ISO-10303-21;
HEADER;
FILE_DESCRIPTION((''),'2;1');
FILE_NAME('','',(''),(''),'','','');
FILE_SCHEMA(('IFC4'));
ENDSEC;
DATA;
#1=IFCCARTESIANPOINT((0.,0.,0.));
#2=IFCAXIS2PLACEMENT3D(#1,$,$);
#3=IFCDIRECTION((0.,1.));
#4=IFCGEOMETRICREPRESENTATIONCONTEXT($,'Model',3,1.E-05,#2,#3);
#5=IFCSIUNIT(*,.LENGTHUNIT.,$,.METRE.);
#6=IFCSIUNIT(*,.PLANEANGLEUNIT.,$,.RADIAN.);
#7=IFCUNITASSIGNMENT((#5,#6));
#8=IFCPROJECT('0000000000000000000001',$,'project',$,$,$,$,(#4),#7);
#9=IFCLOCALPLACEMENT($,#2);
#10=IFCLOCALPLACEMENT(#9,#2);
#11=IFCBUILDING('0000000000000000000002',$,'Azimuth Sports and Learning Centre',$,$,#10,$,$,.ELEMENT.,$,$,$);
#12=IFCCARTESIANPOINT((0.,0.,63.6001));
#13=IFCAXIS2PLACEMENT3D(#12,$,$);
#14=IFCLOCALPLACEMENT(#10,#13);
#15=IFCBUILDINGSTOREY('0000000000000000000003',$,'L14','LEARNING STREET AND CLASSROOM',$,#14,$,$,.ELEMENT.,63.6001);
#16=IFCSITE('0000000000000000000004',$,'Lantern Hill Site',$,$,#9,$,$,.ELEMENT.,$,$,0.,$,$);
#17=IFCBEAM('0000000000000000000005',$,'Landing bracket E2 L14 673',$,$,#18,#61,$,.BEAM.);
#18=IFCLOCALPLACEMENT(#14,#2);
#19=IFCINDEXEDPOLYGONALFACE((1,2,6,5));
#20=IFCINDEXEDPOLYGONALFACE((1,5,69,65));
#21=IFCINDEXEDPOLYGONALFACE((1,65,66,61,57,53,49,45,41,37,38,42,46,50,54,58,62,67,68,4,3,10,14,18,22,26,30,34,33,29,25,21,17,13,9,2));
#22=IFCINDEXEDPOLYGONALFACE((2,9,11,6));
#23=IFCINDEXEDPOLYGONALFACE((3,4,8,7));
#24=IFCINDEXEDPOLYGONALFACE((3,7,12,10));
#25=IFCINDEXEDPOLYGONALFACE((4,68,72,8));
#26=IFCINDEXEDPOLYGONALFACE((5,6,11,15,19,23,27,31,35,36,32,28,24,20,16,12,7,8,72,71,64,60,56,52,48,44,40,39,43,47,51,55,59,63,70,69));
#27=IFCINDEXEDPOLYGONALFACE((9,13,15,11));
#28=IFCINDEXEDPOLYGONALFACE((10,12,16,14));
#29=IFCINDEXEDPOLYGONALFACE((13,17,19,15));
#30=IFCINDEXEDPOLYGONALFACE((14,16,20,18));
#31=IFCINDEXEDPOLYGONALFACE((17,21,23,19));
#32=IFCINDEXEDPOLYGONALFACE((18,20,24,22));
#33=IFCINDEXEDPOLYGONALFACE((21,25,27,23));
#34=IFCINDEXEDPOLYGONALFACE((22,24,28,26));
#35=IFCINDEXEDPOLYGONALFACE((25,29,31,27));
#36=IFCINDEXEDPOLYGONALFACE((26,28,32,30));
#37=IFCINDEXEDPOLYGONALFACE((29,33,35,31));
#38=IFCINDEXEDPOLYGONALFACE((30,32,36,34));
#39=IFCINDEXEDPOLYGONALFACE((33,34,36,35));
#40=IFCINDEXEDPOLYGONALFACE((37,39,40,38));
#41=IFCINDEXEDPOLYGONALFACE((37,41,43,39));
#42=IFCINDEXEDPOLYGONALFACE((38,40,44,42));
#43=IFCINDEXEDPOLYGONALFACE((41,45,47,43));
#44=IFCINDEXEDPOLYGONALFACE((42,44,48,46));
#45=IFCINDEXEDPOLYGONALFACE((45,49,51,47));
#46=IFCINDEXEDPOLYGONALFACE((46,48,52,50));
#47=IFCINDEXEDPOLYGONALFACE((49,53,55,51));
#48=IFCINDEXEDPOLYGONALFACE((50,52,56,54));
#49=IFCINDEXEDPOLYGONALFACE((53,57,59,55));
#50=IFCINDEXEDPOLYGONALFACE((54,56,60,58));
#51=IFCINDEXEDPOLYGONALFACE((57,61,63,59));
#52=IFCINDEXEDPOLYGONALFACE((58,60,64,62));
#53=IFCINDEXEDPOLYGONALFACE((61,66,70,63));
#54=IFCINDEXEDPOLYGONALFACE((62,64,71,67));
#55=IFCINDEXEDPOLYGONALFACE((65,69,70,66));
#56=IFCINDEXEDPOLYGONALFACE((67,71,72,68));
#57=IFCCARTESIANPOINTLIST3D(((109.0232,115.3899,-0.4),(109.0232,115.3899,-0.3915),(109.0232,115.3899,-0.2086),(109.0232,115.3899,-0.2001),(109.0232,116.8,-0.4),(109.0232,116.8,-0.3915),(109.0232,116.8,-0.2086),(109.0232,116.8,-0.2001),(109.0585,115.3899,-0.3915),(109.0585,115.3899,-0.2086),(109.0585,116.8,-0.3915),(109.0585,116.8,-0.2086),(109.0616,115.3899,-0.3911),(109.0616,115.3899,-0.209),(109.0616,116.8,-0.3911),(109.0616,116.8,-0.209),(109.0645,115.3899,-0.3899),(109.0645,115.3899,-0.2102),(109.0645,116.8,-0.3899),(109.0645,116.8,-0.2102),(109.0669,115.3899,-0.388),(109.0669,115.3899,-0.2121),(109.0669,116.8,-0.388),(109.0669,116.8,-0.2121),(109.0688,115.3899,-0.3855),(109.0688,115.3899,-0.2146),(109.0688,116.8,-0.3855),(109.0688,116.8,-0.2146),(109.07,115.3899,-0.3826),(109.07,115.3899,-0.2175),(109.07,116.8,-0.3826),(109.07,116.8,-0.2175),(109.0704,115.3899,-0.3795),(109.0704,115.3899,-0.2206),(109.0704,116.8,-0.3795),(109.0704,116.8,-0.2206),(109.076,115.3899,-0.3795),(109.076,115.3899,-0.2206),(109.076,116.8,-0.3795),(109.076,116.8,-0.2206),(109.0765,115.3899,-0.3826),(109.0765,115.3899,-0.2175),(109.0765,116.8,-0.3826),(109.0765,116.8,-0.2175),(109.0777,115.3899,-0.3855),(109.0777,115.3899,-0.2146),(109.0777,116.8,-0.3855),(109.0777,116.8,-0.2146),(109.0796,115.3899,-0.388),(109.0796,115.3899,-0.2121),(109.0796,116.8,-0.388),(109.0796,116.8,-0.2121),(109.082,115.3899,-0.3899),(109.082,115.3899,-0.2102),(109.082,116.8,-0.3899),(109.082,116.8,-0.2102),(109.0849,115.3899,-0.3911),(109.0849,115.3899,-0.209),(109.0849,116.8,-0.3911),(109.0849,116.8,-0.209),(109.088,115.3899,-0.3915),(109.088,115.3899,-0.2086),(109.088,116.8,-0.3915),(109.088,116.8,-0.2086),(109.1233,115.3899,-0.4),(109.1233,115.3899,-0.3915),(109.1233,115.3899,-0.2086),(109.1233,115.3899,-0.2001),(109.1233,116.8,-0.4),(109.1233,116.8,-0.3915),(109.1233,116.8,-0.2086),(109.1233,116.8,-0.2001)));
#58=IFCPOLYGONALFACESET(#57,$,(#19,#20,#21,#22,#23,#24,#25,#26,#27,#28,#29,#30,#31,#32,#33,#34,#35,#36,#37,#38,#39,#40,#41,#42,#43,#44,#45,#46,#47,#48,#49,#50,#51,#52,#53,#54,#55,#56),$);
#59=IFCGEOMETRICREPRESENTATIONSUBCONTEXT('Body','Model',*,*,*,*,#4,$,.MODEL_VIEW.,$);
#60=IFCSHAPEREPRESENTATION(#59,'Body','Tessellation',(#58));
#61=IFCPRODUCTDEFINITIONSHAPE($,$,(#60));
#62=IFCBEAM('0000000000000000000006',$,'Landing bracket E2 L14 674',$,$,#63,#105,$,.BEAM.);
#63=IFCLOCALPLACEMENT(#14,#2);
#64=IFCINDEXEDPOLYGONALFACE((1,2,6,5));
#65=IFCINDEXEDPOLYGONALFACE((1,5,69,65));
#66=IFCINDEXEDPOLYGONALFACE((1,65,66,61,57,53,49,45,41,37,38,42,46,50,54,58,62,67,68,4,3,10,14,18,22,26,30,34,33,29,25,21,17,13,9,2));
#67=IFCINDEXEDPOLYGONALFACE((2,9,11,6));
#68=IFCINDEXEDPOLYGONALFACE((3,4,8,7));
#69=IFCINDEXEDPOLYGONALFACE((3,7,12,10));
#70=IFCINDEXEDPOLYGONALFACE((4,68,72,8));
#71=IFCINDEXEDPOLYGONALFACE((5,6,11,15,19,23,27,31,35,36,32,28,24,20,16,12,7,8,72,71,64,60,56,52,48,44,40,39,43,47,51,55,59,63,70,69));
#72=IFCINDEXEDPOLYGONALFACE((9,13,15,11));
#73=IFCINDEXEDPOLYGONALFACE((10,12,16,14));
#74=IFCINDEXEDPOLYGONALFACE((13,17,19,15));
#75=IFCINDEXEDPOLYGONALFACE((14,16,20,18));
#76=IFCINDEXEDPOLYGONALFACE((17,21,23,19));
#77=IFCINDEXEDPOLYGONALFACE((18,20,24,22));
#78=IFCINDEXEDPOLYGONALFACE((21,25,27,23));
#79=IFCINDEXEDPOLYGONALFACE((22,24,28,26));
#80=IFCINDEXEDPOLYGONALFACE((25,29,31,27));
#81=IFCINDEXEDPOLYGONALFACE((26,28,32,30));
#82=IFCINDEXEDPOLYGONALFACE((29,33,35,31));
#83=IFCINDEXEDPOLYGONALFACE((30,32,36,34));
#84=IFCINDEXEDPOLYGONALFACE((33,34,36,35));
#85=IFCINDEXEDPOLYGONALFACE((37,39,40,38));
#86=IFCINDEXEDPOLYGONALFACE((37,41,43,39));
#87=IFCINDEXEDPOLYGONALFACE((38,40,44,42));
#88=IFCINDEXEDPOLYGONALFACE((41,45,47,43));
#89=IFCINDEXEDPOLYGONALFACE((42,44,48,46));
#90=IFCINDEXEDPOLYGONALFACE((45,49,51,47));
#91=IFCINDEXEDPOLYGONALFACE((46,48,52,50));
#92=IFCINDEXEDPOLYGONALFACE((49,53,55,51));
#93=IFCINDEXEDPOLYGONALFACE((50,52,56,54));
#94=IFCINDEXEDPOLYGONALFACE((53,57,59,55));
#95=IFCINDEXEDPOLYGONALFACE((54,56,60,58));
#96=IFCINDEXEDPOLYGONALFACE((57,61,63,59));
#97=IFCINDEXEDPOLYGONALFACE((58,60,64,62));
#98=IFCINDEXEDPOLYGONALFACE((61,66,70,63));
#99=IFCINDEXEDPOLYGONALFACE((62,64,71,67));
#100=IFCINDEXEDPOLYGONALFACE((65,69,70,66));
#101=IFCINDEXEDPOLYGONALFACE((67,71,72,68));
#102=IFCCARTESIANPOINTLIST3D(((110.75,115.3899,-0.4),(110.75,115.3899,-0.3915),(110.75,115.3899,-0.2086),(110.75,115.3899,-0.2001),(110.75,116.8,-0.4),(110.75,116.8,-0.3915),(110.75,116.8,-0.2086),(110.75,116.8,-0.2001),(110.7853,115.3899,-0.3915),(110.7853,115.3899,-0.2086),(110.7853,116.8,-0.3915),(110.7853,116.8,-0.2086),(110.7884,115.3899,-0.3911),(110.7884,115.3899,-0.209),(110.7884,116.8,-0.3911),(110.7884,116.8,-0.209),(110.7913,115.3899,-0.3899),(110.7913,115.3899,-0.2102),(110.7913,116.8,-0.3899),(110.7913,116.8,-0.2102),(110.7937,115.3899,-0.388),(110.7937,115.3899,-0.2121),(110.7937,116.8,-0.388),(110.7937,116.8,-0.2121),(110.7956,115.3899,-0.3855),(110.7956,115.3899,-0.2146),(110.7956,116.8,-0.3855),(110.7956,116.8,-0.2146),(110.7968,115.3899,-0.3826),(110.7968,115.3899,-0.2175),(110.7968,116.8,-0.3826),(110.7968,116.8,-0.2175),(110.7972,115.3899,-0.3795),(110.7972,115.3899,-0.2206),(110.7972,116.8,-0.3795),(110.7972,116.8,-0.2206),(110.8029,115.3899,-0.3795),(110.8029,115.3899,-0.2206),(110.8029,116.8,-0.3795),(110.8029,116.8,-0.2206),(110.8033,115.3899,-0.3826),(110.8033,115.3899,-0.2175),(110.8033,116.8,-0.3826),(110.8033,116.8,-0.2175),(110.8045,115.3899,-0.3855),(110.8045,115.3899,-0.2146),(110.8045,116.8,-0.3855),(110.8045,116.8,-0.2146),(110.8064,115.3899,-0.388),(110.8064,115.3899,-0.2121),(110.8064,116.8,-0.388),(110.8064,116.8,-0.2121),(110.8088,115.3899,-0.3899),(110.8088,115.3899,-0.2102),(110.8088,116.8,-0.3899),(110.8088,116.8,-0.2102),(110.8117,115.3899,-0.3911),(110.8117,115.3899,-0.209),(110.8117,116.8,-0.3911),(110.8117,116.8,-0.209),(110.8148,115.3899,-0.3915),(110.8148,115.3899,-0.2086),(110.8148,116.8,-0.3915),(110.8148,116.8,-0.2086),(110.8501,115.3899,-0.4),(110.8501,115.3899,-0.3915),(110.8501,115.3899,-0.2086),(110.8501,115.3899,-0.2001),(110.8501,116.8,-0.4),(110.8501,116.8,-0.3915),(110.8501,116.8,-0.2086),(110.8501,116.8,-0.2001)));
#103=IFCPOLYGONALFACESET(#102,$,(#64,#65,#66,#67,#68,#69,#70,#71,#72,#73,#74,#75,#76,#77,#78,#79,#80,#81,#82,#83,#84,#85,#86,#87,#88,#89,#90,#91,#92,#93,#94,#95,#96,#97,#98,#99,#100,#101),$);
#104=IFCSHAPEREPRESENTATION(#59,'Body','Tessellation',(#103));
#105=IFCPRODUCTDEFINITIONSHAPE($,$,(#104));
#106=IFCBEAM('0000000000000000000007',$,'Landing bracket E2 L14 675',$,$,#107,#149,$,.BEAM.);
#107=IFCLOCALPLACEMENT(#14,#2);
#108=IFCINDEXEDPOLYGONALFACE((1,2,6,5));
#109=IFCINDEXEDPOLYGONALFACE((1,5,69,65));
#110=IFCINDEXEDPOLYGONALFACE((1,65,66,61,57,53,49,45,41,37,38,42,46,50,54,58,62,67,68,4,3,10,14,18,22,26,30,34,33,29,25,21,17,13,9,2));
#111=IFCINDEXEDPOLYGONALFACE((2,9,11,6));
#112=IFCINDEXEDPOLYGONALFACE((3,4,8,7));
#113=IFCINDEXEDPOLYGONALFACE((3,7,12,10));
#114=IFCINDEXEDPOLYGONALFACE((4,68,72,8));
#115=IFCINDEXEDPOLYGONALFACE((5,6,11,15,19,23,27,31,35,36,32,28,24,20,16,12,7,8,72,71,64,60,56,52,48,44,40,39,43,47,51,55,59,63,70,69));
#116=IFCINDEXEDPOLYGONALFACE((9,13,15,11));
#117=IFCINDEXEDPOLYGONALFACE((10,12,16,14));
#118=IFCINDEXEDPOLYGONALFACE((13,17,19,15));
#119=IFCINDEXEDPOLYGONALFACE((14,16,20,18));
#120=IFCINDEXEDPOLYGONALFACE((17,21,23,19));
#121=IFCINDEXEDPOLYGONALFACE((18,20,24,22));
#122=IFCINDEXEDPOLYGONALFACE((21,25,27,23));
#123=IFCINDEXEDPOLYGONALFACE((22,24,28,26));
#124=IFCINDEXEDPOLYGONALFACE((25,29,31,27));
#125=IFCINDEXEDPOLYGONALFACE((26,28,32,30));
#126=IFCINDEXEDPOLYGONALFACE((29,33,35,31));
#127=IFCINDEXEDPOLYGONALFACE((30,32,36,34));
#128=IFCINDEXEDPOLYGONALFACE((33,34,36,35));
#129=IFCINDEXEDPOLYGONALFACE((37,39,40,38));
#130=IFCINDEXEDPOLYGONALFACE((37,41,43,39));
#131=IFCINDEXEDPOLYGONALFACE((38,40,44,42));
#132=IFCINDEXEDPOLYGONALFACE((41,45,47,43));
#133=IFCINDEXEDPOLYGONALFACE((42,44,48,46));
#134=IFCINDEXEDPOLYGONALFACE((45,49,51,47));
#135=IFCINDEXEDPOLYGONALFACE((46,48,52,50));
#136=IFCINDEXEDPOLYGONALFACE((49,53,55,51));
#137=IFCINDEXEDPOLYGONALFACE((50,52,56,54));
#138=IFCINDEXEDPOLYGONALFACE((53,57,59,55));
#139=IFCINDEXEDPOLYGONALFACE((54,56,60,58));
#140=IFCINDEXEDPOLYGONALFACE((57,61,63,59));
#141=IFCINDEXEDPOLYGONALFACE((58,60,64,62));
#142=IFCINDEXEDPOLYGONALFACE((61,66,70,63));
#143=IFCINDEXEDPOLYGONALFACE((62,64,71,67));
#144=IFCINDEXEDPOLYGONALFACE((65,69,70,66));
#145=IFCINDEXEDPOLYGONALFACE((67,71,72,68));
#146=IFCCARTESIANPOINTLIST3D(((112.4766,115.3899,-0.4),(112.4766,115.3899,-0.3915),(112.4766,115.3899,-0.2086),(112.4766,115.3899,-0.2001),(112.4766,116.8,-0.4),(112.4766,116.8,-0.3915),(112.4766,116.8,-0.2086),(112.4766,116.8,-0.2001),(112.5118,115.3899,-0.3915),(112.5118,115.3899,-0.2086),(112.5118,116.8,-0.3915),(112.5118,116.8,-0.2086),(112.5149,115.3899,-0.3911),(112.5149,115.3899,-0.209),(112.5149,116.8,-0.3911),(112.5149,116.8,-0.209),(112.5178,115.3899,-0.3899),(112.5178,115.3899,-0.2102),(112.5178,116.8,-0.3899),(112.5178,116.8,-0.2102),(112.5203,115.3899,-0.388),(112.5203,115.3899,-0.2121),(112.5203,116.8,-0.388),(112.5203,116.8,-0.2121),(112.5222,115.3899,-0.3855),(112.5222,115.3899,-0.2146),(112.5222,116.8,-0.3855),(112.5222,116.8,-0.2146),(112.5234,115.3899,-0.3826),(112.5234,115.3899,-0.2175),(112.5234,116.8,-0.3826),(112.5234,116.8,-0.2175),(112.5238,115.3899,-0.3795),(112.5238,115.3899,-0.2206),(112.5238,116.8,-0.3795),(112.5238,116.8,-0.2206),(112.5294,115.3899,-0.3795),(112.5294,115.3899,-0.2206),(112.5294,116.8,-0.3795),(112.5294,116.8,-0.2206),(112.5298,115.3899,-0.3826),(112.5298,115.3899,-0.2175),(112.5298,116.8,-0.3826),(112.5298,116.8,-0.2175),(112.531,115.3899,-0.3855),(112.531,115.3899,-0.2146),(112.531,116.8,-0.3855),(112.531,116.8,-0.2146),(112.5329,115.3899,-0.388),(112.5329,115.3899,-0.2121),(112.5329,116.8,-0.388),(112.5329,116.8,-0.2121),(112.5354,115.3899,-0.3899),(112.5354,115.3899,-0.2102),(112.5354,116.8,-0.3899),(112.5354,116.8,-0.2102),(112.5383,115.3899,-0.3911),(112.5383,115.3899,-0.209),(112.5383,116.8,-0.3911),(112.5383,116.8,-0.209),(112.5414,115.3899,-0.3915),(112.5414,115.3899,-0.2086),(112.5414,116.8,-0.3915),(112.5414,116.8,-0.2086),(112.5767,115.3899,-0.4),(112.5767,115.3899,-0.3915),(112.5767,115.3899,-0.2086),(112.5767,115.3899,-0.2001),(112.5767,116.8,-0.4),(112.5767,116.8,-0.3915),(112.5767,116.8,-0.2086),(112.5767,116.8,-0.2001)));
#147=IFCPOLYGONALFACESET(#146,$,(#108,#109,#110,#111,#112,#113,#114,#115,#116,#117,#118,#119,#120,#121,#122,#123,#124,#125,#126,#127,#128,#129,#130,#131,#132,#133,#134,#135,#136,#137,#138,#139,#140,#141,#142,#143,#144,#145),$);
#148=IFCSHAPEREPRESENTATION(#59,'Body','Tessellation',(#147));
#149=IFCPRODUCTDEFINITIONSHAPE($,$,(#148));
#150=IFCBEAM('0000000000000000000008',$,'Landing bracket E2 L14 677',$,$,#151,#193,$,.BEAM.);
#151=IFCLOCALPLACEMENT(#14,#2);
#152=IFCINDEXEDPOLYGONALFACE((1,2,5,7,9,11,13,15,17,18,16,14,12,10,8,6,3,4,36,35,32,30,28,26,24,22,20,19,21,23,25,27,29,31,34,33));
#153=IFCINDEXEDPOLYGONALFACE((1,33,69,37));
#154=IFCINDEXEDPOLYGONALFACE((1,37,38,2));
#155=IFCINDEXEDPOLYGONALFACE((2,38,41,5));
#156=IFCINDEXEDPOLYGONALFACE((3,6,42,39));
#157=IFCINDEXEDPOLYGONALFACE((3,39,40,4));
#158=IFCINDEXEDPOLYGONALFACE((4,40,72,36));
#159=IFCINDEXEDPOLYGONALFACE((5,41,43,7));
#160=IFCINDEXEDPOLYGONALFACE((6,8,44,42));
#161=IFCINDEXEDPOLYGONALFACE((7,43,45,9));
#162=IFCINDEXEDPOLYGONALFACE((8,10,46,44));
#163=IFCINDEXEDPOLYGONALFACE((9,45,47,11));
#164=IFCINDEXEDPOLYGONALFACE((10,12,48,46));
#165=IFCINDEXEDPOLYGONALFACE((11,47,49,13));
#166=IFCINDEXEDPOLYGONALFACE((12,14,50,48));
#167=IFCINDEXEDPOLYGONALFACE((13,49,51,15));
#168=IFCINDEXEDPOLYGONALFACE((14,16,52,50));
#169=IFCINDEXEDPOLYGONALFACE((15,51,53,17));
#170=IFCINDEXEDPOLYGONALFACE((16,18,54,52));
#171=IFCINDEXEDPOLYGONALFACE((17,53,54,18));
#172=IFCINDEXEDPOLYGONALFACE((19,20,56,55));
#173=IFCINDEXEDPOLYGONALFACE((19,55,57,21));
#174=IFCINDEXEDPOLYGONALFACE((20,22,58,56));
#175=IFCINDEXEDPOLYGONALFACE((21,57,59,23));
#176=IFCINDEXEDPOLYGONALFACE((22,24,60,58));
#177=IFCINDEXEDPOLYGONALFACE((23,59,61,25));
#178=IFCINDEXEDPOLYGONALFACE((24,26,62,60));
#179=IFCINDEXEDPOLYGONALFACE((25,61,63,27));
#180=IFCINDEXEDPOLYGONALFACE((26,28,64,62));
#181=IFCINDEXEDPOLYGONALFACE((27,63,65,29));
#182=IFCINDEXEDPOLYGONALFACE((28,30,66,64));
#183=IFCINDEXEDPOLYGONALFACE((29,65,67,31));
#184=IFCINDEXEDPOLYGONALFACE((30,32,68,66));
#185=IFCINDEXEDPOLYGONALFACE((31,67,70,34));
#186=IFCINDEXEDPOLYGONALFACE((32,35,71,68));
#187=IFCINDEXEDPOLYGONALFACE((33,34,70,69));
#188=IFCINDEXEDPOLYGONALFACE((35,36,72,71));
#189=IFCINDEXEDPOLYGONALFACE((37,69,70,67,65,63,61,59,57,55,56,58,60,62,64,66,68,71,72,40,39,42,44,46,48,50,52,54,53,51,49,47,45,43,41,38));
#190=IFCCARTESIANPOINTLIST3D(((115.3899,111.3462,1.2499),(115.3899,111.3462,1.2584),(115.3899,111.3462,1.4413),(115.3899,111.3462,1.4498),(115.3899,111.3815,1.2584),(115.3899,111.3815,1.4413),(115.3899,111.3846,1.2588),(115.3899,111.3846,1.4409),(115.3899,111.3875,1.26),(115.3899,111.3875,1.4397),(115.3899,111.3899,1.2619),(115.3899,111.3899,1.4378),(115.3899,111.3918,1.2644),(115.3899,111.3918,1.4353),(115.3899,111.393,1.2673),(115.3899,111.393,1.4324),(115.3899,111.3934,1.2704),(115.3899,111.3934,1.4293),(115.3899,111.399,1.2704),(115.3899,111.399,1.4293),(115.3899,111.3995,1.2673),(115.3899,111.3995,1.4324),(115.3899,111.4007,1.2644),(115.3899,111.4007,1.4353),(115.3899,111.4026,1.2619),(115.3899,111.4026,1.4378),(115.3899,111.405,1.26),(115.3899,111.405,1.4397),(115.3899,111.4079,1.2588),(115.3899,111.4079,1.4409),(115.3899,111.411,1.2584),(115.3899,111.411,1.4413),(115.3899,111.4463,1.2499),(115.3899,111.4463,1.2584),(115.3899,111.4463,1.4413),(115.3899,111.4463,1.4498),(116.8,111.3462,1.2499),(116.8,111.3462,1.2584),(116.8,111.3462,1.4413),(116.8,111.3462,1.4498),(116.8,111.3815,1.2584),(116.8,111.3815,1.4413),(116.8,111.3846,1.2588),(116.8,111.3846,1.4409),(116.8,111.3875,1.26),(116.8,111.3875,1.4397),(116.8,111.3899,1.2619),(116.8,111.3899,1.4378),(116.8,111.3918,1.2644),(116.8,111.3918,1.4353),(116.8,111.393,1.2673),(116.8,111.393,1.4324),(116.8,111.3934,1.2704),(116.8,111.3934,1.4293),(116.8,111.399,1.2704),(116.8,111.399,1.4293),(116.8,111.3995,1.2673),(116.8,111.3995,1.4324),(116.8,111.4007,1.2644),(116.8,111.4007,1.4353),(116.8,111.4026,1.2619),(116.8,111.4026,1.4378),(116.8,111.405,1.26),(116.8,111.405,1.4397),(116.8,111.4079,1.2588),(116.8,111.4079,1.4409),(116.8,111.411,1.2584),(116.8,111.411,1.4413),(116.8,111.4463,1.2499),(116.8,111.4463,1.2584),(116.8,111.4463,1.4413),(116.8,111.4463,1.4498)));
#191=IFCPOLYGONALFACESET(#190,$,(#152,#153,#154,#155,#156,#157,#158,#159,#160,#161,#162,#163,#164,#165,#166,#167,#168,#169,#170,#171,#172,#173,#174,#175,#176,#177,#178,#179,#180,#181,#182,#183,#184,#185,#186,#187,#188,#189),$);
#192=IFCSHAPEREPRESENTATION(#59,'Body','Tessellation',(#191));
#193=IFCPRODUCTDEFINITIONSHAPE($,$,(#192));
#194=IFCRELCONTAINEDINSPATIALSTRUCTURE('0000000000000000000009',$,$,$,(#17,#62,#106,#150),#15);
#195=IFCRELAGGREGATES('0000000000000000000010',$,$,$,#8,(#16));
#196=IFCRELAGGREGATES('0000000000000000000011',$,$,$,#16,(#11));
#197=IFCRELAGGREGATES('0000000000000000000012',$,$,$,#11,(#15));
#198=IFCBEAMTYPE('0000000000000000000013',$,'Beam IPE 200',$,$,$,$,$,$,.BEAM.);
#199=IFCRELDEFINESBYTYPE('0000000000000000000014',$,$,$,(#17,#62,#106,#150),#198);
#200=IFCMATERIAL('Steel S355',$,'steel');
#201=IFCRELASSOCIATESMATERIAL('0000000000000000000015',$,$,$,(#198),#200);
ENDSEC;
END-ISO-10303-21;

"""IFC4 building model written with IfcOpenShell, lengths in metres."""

from ifc_helpers import new_model, si_unit, direction, frame, origin, origin_2d, place, context, subcontext, project, spatial, i_section, extrude, material, material_profile, profile_set, type_object, element, save


model = new_model("IFC4")

# Units and contexts
model_context = context("Model", 3, precision=1e-05, world=origin(), true_north=direction((0.0, 1.0)))
body_context = subcontext(model_context, "Body", "Model", "MODEL_VIEW")
ifc_project = project(units=[si_unit("LENGTHUNIT", "METRE"), si_unit("PLANEANGLEUNIT", "RADIAN")], contexts=[model_context])

# Site, building, storey
site_placement = place(None, origin())
site = spatial("IfcSite", under=ifc_project, at=site_placement, Name="Lantern Hill Site", CompositionType="ELEMENT", RefElevation=0.0)
building_placement = place(site_placement, origin())
building = spatial("IfcBuilding", under=site, at=building_placement, Name="Azimuth Sports and Learning Centre", CompositionType="ELEMENT")
storey_placement = place(building_placement, frame((0.0, 0.0, 63.6001)))
storey = spatial("IfcBuildingStorey", under=building, at=storey_placement, Name="L14", Description="LEARNING STREET AND CLASSROOM", CompositionType="ELEMENT", Elevation=63.6001)

# Beams
ifc_material_1 = material(Name="Steel S355", Category="steel")
ifc_material_profile_1 = material_profile(ifc_material_1, i_section(OverallWidth=0.1001, OverallDepth=0.2, WebThickness=0.0056, FlangeThickness=0.0085, FilletRadius=0.012, at=origin_2d()), Name="IPE 200")
ifc_profile_set_1 = profile_set([ifc_material_profile_1], Name="Steel S355")
beam_type_1 = type_object("IfcBeamType", Name="Beam IPE 200", PredefinedType="BEAM", material=ifc_profile_set_1)
for number, where, z_axis, x_axis, name in (
    (1, (109.0732, 116.8, -0.3), (0.0, -1.0, 0.0), (1.0, 0.0, 0.0), "Landing bracket E2 L14 673"),
    (2, (110.8, 116.8, -0.3), (0.0, -1.0, 0.0), (1.0, 0.0, 0.0), "Landing bracket E2 L14 674"),
    (3, (112.5266, 116.8, -0.3), (0.0, -1.0, 0.0), (1.0, 0.0, 0.0), "Landing bracket E2 L14 675"),
    (4, (116.8, 111.3962, 1.3499), (-1.0, 0.0, 0.0), (0.0, -1.0, 0.0), "Landing bracket E2 L14 677"),
):
    element("IfcBeam", number, at=place(storey_placement, frame(where, z_axis=z_axis, x_axis=x_axis)), inside=storey, type_object=beam_type_1, Name=name, PredefinedType="BEAM", context=body_context, shape_type="SweptSolid", body=[
        extrude(i_section(OverallWidth=0.1001, OverallDepth=0.2, WebThickness=0.0056, FlangeThickness=0.0085, FilletRadius=0.012, at=origin_2d()), origin(), (0.0, 0.0, 1.0), 1.4102),
    ])

save(model, "model.ifc")
